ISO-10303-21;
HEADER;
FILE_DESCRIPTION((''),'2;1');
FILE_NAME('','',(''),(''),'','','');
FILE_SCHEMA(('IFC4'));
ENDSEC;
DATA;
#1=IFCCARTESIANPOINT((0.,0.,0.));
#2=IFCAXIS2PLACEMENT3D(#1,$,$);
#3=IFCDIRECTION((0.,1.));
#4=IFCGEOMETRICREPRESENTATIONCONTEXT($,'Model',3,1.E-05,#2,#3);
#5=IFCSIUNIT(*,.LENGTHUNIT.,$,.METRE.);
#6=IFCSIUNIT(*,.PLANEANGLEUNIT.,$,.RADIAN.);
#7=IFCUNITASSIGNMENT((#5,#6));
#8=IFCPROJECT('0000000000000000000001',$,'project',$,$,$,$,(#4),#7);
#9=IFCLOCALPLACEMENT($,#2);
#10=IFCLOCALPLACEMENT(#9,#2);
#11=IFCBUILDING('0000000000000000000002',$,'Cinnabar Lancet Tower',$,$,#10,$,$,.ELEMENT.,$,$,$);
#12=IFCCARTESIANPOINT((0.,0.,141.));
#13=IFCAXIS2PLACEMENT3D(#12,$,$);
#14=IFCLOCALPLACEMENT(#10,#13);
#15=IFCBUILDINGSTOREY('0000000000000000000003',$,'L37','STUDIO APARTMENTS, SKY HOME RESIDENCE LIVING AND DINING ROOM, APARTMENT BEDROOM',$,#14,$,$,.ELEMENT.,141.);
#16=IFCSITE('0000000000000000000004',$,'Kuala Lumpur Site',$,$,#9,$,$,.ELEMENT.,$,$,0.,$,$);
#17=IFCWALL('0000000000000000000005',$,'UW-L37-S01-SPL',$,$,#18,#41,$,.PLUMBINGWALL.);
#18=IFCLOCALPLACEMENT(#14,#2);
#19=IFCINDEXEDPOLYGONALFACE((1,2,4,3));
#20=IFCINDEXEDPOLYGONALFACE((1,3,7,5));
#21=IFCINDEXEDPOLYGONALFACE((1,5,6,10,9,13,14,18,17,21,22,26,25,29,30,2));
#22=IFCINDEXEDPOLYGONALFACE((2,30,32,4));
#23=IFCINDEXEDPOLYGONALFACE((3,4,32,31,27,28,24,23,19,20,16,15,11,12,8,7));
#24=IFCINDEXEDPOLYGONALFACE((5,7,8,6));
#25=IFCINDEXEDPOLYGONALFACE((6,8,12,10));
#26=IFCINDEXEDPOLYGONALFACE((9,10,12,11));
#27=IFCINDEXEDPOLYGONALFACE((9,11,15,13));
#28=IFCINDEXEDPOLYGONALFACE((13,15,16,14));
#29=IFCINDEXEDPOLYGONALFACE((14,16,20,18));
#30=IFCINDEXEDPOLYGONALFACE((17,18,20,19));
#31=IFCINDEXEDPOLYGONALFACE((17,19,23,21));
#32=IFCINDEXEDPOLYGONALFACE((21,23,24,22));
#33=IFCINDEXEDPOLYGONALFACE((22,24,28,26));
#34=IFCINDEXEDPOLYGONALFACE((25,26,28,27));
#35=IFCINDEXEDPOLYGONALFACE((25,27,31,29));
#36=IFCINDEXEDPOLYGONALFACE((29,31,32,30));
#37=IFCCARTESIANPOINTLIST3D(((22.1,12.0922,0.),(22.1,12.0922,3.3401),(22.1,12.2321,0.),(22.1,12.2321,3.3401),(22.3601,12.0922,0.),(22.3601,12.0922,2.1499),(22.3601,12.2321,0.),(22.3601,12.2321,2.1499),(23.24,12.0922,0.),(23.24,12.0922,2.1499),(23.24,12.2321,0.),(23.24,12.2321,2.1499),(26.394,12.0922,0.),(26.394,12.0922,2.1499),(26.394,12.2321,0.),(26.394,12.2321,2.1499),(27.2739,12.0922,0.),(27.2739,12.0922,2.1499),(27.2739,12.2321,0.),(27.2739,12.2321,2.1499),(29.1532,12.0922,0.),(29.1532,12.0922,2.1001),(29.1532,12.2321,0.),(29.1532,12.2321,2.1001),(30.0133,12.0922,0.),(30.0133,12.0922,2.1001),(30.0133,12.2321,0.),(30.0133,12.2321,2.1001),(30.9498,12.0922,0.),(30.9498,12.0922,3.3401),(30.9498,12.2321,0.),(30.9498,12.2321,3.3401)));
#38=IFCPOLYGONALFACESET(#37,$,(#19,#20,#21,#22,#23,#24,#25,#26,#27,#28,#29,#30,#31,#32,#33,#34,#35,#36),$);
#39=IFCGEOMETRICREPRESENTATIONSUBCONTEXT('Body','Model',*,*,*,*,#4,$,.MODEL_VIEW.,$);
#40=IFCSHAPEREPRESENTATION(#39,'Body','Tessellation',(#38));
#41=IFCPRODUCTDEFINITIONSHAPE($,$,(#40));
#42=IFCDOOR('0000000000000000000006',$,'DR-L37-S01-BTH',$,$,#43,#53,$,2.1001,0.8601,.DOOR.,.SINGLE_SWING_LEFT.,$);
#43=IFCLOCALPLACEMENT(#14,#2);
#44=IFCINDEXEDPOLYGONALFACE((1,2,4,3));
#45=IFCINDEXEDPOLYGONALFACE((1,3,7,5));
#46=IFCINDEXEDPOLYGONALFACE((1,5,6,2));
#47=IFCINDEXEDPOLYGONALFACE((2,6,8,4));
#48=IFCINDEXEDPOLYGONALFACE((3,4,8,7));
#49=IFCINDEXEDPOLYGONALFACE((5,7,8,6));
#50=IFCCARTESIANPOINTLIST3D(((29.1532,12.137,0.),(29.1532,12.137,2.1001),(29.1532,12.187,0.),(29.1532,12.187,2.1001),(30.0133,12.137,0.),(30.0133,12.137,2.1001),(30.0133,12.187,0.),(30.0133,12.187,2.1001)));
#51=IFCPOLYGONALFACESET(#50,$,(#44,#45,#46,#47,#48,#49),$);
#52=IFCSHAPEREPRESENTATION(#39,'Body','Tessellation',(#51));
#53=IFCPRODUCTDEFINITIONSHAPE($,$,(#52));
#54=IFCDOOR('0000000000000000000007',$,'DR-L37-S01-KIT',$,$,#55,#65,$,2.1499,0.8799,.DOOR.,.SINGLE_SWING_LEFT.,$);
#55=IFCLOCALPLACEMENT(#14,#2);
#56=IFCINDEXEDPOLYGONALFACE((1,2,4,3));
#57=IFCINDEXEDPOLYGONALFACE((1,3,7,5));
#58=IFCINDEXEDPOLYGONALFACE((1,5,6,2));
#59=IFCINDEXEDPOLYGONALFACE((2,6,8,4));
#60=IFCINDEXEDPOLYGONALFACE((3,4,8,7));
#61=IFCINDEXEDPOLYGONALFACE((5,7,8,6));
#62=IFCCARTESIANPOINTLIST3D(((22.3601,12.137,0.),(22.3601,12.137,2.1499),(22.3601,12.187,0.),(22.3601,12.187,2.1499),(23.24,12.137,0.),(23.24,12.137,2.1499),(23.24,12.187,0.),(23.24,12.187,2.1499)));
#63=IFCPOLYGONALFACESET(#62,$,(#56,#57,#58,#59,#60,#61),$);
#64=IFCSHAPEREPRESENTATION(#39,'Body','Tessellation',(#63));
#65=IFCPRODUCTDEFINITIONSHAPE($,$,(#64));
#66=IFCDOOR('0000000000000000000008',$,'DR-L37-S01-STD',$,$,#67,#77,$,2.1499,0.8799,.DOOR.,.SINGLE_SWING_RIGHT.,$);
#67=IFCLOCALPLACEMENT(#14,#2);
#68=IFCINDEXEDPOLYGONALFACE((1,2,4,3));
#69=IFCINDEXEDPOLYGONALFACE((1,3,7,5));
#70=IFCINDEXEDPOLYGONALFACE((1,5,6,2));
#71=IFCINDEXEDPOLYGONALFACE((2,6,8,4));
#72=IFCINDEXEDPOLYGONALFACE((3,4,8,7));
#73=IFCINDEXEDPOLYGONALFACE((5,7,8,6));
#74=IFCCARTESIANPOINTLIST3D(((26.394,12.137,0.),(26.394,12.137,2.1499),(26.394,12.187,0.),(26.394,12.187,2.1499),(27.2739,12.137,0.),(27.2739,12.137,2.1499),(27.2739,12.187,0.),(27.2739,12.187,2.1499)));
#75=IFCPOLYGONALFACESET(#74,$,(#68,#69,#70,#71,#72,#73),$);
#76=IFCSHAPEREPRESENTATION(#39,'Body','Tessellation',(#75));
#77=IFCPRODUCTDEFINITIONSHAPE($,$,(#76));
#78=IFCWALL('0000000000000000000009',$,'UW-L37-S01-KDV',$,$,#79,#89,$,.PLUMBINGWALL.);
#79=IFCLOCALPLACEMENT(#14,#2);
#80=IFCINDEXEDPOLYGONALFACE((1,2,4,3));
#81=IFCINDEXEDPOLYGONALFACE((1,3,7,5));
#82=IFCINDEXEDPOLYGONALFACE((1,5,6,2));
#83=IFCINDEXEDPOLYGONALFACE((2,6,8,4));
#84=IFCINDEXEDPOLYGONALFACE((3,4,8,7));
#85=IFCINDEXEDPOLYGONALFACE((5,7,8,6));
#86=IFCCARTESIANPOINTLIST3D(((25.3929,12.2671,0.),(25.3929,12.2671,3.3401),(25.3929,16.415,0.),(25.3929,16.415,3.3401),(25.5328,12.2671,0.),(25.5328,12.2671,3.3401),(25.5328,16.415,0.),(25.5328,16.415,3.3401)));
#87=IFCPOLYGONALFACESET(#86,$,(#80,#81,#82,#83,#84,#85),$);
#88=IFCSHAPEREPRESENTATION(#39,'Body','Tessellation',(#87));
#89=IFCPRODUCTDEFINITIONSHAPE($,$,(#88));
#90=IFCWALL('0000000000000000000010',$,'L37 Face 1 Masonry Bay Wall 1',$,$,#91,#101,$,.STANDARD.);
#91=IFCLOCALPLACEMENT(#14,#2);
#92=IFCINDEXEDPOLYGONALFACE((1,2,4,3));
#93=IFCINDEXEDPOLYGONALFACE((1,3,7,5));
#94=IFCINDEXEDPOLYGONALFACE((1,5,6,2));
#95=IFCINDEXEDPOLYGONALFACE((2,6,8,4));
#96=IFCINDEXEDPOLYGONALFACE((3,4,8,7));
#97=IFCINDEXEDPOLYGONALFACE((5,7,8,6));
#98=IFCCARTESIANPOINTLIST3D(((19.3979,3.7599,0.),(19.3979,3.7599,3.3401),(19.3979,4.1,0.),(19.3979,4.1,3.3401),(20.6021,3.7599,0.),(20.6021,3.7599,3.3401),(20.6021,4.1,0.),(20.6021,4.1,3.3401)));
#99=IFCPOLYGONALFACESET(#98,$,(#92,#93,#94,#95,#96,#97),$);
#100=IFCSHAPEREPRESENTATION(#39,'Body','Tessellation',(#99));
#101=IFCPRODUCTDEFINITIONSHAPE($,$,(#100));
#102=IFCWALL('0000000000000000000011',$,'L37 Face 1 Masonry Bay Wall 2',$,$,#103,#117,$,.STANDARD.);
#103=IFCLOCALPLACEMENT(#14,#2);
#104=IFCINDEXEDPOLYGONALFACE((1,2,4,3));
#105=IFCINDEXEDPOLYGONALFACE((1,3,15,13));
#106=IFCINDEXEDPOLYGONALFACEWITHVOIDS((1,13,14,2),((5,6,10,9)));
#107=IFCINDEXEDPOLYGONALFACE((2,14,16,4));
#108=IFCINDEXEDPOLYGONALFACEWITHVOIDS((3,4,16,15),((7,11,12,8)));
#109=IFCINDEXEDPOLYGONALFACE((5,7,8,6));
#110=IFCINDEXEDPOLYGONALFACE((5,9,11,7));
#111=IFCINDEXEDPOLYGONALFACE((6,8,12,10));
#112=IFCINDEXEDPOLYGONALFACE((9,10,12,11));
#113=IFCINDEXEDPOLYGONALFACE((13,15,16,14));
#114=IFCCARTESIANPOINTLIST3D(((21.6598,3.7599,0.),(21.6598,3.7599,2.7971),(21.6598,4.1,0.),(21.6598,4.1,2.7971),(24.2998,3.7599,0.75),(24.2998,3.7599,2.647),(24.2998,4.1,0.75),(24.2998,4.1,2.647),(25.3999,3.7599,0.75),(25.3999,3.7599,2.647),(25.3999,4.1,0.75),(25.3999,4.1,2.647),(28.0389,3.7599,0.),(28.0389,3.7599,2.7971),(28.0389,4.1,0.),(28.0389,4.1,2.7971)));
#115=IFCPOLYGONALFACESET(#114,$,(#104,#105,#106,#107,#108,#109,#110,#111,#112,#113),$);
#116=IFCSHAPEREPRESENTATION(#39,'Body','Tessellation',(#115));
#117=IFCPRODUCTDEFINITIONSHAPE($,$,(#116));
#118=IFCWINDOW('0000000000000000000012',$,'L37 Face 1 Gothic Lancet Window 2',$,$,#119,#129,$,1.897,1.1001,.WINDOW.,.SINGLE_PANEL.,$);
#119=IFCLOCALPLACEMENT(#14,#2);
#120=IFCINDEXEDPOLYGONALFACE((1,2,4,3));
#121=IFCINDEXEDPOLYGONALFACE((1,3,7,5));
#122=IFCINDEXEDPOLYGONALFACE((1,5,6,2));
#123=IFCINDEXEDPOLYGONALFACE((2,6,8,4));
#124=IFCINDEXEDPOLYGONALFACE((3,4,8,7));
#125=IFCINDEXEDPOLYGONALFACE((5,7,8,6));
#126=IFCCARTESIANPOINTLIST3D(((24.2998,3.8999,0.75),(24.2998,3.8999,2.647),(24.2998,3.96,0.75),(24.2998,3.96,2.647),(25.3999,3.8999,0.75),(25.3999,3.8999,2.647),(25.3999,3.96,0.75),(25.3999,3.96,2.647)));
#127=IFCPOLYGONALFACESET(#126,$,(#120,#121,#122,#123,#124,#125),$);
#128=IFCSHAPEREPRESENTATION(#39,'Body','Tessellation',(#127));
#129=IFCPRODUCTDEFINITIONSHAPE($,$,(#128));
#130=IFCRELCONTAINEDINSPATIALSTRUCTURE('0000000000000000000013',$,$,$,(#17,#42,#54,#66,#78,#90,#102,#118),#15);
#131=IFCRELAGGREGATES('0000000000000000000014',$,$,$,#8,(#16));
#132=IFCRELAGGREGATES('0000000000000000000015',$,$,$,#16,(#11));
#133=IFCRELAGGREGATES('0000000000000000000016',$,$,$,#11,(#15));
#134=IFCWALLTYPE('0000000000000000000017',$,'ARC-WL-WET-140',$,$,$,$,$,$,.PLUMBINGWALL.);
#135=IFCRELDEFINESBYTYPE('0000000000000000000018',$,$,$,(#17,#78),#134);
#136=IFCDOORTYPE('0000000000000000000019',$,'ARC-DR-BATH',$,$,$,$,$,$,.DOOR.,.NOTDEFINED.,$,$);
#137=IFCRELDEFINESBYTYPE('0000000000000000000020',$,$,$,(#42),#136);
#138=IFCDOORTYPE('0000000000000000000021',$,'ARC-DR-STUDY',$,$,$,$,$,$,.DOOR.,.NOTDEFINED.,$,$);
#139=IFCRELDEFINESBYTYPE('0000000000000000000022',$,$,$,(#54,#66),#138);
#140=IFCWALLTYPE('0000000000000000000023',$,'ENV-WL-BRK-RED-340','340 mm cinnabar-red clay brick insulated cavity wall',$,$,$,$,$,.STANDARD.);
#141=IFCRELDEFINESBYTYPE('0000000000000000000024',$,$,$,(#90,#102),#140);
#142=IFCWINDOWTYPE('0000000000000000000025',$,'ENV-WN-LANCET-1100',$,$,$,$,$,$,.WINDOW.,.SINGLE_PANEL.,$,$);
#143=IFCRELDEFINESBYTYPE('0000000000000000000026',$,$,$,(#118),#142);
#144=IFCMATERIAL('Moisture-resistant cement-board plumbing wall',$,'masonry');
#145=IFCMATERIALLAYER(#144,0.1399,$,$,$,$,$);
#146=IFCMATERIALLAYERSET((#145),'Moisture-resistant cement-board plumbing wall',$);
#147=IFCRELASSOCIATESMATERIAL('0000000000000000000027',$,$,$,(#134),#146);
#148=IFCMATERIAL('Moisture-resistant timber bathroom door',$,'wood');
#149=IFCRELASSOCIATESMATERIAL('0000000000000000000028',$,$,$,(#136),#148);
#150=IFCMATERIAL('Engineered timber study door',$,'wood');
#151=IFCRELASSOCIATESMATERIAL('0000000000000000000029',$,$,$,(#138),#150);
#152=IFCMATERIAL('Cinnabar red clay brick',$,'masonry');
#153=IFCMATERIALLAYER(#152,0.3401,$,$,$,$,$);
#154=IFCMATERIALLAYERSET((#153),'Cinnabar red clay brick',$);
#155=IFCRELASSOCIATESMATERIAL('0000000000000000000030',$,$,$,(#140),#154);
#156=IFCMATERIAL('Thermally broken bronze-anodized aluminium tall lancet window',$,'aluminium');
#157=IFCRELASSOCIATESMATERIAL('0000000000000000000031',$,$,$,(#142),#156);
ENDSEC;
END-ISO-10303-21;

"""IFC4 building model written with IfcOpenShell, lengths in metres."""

from ifc_helpers import new_model, si_unit, direction, frame, frame_2d, origin, place, context, subcontext, project, spatial, rectangle, extrude, material, layer, layer_set, type_object, element, fill, save


model = new_model("IFC4")

# Units and contexts
model_context = context("Model", 3, precision=1e-05, world=origin(), true_north=direction((0.0, 1.0)))
body_context = subcontext(model_context, "Body", "Model", "MODEL_VIEW")
ifc_project = project(units=[si_unit("LENGTHUNIT", "METRE"), si_unit("PLANEANGLEUNIT", "RADIAN")], contexts=[model_context])

# Site, building, storey
site_placement = place(None, origin())
site = spatial("IfcSite", under=ifc_project, at=site_placement, Name="Kuala Lumpur Site", CompositionType="ELEMENT", RefElevation=0.0)
building_placement = place(site_placement, origin())
building = spatial("IfcBuilding", under=site, at=building_placement, Name="Cinnabar Lancet Tower", CompositionType="ELEMENT")
storey_placement = place(building_placement, frame((0.0, 0.0, 141.0)))
storey = spatial("IfcBuildingStorey", under=building, at=storey_placement, Name="L37", Description="STUDIO APARTMENTS, SKY HOME RESIDENCE LIVING AND DINING ROOM, APARTMENT BEDROOM", CompositionType="ELEMENT", Elevation=141.0)

# Wall, openings, doors
ifc_material_1 = material(Name="Moisture-resistant cement-board plumbing wall", Category="masonry")
ifc_layer_1 = layer(ifc_material_1, 0.1399)
ifc_layer_set_1 = layer_set([ifc_layer_1], Name="Moisture-resistant cement-board plumbing wall")
wall_type_1 = type_object("IfcWallType", Name="ARC-WL-WET-140", PredefinedType="PLUMBINGWALL", material=ifc_layer_set_1)
wall_1_placement = place(storey_placement, frame((22.1001, 12.1621, 0.0), z_axis=(0.0, 0.0, 1.0), x_axis=(1.0, 0.0, 0.0)))
wall_1 = element("IfcWall", 1, at=wall_1_placement, inside=storey, type_object=wall_type_1, Name="UW-L37-S01-SPL", PredefinedType="PLUMBINGWALL", context=body_context, shape_type="SweptSolid", body=[
    extrude(rectangle(XDim=8.8499, YDim=0.1399, at=frame_2d((4.4248, 0.0))), origin(), (0.0, 0.0, 1.0), 3.3401),
])
opening_1_placement = place(wall_1_placement, frame((7.053, 0.0, 0.0)))
opening_1 = element("IfcOpeningElement", 2, at=opening_1_placement, cuts=wall_1, PredefinedType="OPENING", context=body_context, shape_type="SweptSolid", body=[
    extrude(rectangle(XDim=0.8601, YDim=2.1001, at=frame_2d((0.4302, 1.05))), frame((0.0, 0.0798, 0.0), z_axis=(0.0, -1.0, 0.0), x_axis=(1.0, 0.0, 0.0)), (0.0, 0.0, 1.0), 0.1599),
])
opening_2_placement = place(wall_1_placement, frame((0.26, 0.0, 0.0)))
opening_2 = element("IfcOpeningElement", 3, at=opening_2_placement, cuts=wall_1, PredefinedType="OPENING", context=body_context, shape_type="SweptSolid", body=[
    extrude(rectangle(XDim=0.8799, YDim=2.1499, at=frame_2d((0.4399, 1.075))), frame((0.0, 0.0798, 0.0), z_axis=(0.0, -1.0, 0.0), x_axis=(1.0, 0.0, 0.0)), (0.0, 0.0, 1.0), 0.1599),
])
opening_3_placement = place(wall_1_placement, frame((4.2939, 0.0, 0.0)))
opening_3 = element("IfcOpeningElement", 4, at=opening_3_placement, cuts=wall_1, PredefinedType="OPENING", context=body_context, shape_type="SweptSolid", body=[
    extrude(rectangle(XDim=0.8799, YDim=2.1499, at=frame_2d((0.4399, 1.075))), frame((0.0, 0.0798, 0.0), z_axis=(0.0, -1.0, 0.0), x_axis=(1.0, 0.0, 0.0)), (0.0, 0.0, 1.0), 0.1599),
])
ifc_material_2 = material(Name="Moisture-resistant timber bathroom door", Category="wood")
door_type_1 = type_object("IfcDoorType", Name="ARC-DR-BATH", OperationType="NOTDEFINED", PredefinedType="DOOR", material=ifc_material_2)
door_1_placement = place(opening_1_placement, origin())
door_1 = element("IfcDoor", 5, at=door_1_placement, inside=storey, type_object=door_type_1, Name="DR-L37-S01-BTH", OperationType="SINGLE_SWING_LEFT", OverallHeight=2.1001, OverallWidth=0.8601, PredefinedType="DOOR", context=body_context, shape_type="SweptSolid", body=[
    extrude(rectangle(XDim=0.8601, YDim=2.1001, at=frame_2d((0.4302, 1.05))), frame((0.0, 0.0249, 0.0), z_axis=(0.0, -1.0, 0.0), x_axis=(1.0, 0.0, 0.0)), (0.0, 0.0, 1.0), 0.05),
])
fill(opening_1, door_1)
ifc_material_3 = material(Name="Engineered timber study door", Category="wood")
door_type_2 = type_object("IfcDoorType", Name="ARC-DR-STUDY", OperationType="NOTDEFINED", PredefinedType="DOOR", material=ifc_material_3)
door_2_placement = place(opening_2_placement, origin())
door_2 = element("IfcDoor", 6, at=door_2_placement, inside=storey, type_object=door_type_2, Name="DR-L37-S01-KIT", OperationType="SINGLE_SWING_LEFT", OverallHeight=2.1499, OverallWidth=0.8799, PredefinedType="DOOR", context=body_context, shape_type="SweptSolid", body=[
    extrude(rectangle(XDim=0.8799, YDim=2.1499, at=frame_2d((0.4399, 1.075))), frame((0.0, 0.0249, 0.0), z_axis=(0.0, -1.0, 0.0), x_axis=(1.0, 0.0, 0.0)), (0.0, 0.0, 1.0), 0.05),
])
fill(opening_2, door_2)
door_3_placement = place(opening_3_placement, origin())
door_3 = element("IfcDoor", 7, at=door_3_placement, inside=storey, type_object=door_type_2, Name="DR-L37-S01-STD", OperationType="SINGLE_SWING_RIGHT", OverallHeight=2.1499, OverallWidth=0.8799, PredefinedType="DOOR", context=body_context, shape_type="SweptSolid", body=[
    extrude(rectangle(XDim=0.8799, YDim=2.1499, at=frame_2d((0.4399, 1.075))), frame((0.0, 0.0249, 0.0), z_axis=(0.0, -1.0, 0.0), x_axis=(1.0, 0.0, 0.0)), (0.0, 0.0, 1.0), 0.05),
])
fill(opening_3, door_3)

# Walls
wall_2_placement = place(storey_placement, frame((25.4629, 12.2671, 0.0), z_axis=(0.0, 0.0, 1.0), x_axis=(0.0, 1.0, 0.0)))
element("IfcWall", 8, at=wall_2_placement, inside=storey, type_object=wall_type_1, Name="UW-L37-S01-KDV", PredefinedType="PLUMBINGWALL", context=body_context, shape_type="SweptSolid", body=[
    extrude(rectangle(XDim=4.1479, YDim=0.1399, at=frame_2d((2.074, 0.0))), origin(), (0.0, 0.0, 1.0), 3.3401),
])
ifc_material_4 = material(Name="Cinnabar red clay brick", Category="masonry")
ifc_layer_2 = layer(ifc_material_4, 0.3401)
ifc_layer_set_2 = layer_set([ifc_layer_2], Name="Cinnabar red clay brick")
wall_type_2 = type_object("IfcWallType", Name="ENV-WL-BRK-RED-340", Description="340 mm cinnabar-red clay brick insulated cavity wall", PredefinedType="STANDARD", material=ifc_layer_set_2)
wall_3_placement = place(storey_placement, frame((19.3979, 3.9299, 0.0), z_axis=(0.0, 0.0, 1.0), x_axis=(1.0, 0.0, 0.0)))
element("IfcWall", 9, at=wall_3_placement, inside=storey, type_object=wall_type_2, Name="L37 Face 1 Masonry Bay Wall 1", PredefinedType="STANDARD", context=body_context, shape_type="SweptSolid", body=[
    extrude(rectangle(XDim=1.2041, YDim=0.3401, at=frame_2d((0.6021, 0.0))), origin(), (0.0, 0.0, 1.0), 3.3401),
])

# Wall, opening, window
wall_4_placement = place(storey_placement, frame((21.6599, 3.9299, 0.0), z_axis=(0.0, 0.0, 1.0), x_axis=(1.0, 0.0, 0.0)))
wall_4 = element("IfcWall", 10, at=wall_4_placement, inside=storey, type_object=wall_type_2, Name="L37 Face 1 Masonry Bay Wall 2", PredefinedType="STANDARD", context=body_context, shape_type="SweptSolid", body=[
    extrude(rectangle(XDim=6.3792, YDim=0.3401, at=frame_2d((3.1895, 0.0))), origin(), (0.0, 0.0, 1.0), 2.7971),
])
opening_4_placement = place(wall_4_placement, frame((2.6399, 0.0, 0.75)))
opening_4 = element("IfcOpeningElement", 11, at=opening_4_placement, cuts=wall_4, PredefinedType="OPENING", context=body_context, shape_type="SweptSolid", body=[
    extrude(rectangle(XDim=1.1001, YDim=1.897, at=frame_2d((0.55, 0.9485))), frame((0.0, 0.1799, 0.0), z_axis=(0.0, -1.0, 0.0), x_axis=(1.0, 0.0, 0.0)), (0.0, 0.0, 1.0), 0.3601),
])
ifc_material_5 = material(Name="Thermally broken bronze-anodized aluminium tall lancet window", Category="aluminium")
window_type = type_object("IfcWindowType", Name="ENV-WN-LANCET-1100", PartitioningType="SINGLE_PANEL", PredefinedType="WINDOW", material=ifc_material_5)
window_1_placement = place(opening_4_placement, origin())
window_1 = element("IfcWindow", 12, at=window_1_placement, inside=storey, type_object=window_type, Name="L37 Face 1 Gothic Lancet Window 2", OverallHeight=1.897, OverallWidth=1.1001, PartitioningType="SINGLE_PANEL", PredefinedType="WINDOW", context=body_context, shape_type="SweptSolid", body=[
    extrude(rectangle(XDim=1.1001, YDim=1.897, at=frame_2d((0.55, 0.9485))), frame((0.0, 0.03, 0.0), z_axis=(0.0, -1.0, 0.0), x_axis=(1.0, 0.0, 0.0)), (0.0, 0.0, 1.0), 0.0601),
])
fill(opening_4, window_1)

save(model, "model.ifc")
